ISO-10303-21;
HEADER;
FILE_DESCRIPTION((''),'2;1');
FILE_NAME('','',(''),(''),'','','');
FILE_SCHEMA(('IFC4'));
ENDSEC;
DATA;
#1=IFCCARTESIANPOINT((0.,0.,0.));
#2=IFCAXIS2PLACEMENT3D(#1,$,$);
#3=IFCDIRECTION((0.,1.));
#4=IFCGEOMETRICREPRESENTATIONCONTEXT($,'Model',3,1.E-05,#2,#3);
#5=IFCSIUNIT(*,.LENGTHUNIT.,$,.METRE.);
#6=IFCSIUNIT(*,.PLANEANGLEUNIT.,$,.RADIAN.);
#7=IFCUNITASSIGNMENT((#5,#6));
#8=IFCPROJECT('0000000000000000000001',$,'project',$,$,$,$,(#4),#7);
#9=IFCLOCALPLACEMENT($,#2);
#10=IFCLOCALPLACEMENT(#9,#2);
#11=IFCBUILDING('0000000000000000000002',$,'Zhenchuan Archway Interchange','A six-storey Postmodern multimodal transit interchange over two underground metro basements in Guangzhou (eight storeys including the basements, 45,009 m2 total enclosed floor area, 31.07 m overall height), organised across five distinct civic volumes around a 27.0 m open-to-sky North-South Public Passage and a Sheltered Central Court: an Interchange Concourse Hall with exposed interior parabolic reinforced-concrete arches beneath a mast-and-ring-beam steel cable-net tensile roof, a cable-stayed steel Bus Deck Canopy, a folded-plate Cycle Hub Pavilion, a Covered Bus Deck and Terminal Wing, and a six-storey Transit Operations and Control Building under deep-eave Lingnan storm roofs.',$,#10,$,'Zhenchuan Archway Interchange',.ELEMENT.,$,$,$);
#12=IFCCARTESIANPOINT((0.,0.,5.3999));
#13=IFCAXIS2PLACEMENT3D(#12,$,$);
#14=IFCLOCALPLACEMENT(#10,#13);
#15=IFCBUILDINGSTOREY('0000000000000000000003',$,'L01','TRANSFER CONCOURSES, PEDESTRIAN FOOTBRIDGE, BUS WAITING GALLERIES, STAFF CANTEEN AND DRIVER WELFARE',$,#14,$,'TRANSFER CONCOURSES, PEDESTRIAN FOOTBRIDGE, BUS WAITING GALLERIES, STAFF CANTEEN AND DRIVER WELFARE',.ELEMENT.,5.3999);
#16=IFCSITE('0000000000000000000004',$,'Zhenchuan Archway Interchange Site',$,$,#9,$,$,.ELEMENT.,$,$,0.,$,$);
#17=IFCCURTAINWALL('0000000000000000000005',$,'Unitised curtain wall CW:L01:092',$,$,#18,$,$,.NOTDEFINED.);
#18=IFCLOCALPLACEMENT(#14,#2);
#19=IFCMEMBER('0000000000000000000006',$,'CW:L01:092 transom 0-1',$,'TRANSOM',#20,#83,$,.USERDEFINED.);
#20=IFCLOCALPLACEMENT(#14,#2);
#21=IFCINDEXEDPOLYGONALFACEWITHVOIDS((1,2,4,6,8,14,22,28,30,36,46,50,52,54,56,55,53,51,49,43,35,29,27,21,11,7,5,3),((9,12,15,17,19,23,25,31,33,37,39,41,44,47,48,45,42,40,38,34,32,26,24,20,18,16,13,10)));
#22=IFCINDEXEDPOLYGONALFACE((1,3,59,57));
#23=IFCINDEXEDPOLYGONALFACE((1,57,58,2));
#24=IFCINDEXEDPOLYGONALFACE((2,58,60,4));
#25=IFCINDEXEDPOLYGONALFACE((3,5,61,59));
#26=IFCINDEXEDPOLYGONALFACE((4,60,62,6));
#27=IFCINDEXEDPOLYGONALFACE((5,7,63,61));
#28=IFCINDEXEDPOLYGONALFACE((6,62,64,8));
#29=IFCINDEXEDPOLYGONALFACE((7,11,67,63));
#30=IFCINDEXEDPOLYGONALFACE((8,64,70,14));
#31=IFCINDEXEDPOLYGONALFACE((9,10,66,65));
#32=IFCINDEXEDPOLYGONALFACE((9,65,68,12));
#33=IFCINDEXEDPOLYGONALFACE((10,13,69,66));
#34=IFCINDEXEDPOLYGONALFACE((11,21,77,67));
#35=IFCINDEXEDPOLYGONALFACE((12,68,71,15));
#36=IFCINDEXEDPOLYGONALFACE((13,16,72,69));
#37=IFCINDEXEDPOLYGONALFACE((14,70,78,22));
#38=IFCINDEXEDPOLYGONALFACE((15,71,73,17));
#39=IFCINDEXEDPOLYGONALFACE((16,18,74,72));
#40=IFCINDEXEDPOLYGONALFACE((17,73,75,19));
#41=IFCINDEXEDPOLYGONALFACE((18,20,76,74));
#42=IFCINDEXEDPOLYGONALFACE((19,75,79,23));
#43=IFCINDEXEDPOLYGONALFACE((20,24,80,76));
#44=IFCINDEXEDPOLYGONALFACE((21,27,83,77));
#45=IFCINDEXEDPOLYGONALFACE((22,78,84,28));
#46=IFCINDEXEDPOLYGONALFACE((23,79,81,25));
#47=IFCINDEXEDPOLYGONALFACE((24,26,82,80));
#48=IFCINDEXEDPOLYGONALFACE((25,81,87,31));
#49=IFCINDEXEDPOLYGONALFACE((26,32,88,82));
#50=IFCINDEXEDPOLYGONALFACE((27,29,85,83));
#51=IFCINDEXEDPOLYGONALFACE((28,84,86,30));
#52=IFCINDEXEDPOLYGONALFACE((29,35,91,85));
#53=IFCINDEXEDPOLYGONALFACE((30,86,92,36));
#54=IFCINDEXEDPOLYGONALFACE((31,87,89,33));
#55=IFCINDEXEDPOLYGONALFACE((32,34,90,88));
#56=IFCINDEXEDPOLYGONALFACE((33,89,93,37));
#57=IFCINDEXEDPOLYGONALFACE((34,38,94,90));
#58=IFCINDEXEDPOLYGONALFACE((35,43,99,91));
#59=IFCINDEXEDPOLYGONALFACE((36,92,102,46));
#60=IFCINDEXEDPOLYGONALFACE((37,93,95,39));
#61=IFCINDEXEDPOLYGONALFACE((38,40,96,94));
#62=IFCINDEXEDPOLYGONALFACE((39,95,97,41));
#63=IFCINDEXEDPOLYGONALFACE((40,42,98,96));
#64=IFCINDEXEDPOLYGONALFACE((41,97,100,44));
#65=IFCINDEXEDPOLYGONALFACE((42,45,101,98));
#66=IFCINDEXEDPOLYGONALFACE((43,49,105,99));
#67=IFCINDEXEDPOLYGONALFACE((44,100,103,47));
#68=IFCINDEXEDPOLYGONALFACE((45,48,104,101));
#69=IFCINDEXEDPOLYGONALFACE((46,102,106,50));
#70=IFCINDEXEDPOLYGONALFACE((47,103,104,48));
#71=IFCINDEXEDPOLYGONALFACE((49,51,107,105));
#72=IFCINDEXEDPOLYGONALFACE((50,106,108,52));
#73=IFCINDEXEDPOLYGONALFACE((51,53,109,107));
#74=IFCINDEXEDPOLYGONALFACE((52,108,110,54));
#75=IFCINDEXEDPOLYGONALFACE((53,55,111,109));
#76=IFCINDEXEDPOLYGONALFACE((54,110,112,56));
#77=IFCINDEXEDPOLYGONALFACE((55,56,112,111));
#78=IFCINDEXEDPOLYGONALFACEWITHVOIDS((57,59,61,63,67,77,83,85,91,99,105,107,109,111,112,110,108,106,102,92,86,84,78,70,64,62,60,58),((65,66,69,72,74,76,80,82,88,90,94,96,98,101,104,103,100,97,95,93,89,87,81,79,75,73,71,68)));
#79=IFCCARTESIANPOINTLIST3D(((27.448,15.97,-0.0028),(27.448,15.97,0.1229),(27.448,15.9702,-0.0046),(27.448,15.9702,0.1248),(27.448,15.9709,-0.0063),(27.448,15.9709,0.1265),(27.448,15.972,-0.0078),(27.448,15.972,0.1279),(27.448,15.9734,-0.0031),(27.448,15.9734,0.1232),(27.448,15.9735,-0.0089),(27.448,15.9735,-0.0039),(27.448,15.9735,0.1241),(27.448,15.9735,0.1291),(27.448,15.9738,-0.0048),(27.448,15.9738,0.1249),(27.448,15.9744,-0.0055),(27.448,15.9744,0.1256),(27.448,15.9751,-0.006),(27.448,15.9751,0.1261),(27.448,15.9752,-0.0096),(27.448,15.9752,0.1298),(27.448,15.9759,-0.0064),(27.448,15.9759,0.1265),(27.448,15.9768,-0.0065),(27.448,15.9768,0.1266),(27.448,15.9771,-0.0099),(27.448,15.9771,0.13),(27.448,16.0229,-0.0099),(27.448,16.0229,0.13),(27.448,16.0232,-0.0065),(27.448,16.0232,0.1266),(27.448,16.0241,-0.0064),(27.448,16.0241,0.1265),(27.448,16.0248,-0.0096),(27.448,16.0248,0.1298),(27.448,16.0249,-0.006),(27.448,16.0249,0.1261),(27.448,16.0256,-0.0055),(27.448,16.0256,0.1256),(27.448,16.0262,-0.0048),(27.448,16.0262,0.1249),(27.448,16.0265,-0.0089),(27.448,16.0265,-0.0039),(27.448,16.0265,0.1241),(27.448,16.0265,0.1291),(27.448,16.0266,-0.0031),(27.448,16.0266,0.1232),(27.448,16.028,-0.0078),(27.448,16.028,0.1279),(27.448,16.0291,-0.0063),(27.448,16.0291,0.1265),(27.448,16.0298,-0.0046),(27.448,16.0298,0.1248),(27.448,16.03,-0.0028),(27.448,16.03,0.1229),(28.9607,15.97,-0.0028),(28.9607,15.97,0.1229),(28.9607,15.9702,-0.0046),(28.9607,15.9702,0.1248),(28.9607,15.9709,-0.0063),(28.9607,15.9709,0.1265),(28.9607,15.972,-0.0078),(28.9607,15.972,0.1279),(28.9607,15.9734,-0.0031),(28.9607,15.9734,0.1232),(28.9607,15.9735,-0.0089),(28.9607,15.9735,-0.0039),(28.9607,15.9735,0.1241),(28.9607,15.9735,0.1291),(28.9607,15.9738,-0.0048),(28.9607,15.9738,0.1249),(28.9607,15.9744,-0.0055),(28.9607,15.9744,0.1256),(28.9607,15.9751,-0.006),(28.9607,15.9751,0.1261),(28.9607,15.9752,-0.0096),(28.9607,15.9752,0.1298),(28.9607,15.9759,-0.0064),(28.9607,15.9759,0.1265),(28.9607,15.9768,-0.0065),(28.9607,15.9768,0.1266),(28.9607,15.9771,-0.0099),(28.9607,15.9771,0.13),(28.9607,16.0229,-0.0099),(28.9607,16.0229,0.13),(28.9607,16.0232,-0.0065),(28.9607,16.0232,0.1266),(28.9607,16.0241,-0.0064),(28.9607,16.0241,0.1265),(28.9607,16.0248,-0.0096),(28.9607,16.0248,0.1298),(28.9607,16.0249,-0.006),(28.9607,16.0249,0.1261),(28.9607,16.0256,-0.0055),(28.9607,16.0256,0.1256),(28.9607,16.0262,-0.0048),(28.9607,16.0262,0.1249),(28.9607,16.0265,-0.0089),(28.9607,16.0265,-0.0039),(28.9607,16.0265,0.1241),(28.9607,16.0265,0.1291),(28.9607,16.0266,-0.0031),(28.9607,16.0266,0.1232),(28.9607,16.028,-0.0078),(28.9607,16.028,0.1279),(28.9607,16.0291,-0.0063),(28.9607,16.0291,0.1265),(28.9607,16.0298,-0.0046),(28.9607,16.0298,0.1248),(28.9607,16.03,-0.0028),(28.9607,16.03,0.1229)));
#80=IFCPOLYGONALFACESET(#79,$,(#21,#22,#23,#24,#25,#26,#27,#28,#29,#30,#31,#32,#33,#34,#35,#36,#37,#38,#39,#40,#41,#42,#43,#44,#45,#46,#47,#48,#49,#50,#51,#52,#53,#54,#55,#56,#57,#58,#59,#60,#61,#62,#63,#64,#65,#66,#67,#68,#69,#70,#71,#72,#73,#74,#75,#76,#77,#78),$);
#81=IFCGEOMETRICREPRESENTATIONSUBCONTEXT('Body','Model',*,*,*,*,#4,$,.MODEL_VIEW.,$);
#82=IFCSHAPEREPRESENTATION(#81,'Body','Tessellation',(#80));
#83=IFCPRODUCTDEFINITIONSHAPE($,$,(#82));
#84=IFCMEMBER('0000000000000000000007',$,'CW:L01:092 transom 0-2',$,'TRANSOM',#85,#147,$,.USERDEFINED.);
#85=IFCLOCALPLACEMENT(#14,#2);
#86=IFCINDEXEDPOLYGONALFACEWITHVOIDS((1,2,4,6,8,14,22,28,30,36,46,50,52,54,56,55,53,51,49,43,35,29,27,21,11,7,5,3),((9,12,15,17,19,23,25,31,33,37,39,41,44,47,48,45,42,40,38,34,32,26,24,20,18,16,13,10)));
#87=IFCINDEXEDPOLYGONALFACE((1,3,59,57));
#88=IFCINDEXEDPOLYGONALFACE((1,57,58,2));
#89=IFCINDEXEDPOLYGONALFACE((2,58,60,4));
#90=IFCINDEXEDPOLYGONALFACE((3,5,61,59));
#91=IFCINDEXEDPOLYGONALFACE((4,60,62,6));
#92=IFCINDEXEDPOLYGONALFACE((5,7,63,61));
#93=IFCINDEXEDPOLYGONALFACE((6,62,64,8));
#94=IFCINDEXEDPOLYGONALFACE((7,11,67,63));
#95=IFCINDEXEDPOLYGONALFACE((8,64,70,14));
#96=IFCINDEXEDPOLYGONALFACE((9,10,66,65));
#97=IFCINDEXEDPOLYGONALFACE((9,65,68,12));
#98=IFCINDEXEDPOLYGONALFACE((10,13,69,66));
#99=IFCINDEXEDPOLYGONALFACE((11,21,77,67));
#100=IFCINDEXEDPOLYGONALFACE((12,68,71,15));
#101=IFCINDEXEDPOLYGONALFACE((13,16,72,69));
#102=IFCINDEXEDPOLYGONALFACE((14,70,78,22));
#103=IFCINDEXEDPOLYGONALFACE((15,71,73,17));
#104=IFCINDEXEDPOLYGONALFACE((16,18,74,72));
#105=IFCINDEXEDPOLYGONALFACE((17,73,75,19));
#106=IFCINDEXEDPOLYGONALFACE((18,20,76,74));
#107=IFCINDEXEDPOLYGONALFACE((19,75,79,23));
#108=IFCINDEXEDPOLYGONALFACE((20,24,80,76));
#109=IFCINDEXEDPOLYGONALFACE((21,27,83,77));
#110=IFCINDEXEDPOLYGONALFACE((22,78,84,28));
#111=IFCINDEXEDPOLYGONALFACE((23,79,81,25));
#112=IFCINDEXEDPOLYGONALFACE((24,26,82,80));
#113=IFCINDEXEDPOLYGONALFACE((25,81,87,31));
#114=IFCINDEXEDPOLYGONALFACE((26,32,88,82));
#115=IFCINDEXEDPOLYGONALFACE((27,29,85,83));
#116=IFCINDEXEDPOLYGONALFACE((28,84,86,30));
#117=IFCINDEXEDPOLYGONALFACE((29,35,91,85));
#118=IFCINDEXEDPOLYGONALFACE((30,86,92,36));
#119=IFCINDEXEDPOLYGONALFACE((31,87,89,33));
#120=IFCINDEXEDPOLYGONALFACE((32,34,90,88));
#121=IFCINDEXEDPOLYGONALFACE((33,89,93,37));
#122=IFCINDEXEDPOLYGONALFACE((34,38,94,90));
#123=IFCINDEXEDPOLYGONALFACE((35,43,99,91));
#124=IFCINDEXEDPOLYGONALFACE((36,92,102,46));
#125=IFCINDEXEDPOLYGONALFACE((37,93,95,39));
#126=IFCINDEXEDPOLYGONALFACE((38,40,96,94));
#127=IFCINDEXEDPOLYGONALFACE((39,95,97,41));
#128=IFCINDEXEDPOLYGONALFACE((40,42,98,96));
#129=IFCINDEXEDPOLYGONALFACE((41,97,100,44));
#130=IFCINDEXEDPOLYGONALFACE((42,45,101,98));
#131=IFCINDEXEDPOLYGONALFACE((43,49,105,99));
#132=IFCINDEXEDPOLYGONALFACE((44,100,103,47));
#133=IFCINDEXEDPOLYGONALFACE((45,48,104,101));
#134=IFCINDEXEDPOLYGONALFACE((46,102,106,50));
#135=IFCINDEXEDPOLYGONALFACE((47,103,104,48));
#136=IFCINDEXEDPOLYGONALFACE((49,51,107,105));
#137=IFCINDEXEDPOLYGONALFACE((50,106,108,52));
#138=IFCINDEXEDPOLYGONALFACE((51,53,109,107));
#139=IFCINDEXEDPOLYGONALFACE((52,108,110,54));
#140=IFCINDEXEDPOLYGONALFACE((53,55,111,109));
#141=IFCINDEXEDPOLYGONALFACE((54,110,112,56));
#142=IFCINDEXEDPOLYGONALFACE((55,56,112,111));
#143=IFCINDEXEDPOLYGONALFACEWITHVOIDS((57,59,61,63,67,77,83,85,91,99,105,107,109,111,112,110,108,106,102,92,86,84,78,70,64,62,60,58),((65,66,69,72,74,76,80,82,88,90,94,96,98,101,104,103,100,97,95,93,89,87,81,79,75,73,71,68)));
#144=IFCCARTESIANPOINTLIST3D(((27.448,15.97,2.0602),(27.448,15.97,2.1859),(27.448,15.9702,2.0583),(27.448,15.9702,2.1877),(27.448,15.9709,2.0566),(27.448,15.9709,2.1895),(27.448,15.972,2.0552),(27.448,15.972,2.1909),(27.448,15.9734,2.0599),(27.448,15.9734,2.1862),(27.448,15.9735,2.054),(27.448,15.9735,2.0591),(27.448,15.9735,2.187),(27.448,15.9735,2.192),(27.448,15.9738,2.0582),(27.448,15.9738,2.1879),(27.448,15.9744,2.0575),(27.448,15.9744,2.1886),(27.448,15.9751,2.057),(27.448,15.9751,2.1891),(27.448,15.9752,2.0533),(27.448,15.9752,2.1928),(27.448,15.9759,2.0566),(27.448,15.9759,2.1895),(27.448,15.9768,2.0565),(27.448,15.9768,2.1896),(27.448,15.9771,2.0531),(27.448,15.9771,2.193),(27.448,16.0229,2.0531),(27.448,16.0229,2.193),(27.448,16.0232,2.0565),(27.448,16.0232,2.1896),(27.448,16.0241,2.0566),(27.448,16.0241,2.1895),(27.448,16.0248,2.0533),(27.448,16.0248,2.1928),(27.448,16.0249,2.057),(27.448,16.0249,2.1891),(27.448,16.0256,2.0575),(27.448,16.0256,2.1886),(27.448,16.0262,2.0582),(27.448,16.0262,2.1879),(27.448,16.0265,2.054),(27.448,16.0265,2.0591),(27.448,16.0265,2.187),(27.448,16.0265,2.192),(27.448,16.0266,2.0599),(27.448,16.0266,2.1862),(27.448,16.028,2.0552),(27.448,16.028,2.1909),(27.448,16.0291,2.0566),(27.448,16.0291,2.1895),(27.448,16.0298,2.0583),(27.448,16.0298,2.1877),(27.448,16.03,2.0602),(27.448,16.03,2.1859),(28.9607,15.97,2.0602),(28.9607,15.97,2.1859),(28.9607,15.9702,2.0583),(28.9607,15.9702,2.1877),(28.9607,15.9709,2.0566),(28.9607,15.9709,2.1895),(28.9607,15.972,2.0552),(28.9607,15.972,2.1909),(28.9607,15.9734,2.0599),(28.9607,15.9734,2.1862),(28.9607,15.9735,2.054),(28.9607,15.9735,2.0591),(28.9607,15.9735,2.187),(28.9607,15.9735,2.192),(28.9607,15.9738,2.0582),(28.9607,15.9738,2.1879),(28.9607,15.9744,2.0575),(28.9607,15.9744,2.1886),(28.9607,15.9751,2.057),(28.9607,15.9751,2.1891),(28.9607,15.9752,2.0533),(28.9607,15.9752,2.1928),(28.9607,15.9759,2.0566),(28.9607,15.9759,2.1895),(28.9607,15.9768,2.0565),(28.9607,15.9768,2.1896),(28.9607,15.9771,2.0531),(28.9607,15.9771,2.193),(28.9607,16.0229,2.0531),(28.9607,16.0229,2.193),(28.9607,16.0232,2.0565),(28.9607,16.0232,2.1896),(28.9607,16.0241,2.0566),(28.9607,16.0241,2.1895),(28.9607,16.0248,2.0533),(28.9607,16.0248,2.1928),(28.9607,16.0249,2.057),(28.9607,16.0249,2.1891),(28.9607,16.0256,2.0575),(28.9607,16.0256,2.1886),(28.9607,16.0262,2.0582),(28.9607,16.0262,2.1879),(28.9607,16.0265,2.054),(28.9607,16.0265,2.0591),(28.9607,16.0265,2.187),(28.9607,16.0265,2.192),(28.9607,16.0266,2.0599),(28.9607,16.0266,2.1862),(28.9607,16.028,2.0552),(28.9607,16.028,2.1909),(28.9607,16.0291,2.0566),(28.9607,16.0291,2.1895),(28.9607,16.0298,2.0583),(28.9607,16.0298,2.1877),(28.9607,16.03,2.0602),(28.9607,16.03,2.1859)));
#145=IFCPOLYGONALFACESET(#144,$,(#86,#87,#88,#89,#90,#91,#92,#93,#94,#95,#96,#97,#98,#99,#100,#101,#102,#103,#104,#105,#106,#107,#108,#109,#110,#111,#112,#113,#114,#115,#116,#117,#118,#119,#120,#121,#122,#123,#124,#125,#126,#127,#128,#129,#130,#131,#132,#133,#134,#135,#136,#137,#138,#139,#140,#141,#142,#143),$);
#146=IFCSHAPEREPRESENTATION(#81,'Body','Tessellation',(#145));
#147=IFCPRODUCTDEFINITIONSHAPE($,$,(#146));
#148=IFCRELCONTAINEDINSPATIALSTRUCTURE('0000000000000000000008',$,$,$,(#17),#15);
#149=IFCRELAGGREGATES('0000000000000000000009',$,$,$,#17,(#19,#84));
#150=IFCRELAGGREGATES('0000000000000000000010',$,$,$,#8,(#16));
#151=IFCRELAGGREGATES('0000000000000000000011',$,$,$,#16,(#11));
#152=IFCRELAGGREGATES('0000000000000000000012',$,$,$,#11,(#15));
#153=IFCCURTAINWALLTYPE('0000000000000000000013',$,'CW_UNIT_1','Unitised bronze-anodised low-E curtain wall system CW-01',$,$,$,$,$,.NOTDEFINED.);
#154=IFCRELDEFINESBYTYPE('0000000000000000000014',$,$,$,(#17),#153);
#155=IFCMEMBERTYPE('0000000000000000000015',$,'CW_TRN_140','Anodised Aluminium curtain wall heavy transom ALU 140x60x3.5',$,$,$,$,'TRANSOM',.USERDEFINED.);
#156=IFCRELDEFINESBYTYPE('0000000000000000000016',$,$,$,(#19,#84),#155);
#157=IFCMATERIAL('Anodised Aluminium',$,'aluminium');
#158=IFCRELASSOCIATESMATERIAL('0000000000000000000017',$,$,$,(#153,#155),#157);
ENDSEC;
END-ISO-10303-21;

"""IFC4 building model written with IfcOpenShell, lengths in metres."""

from ifc_helpers import new_model, si_unit, direction, frame, origin, origin_2d, place, context, subcontext, project, spatial, hollow_rectangle, extrude, material, material_profile, profile_set, type_object, element, aggregate, save


model = new_model("IFC4")

# Units and contexts
model_context = context("Model", 3, precision=1e-05, world=origin(), true_north=direction((0.0, 1.0)))
body_context = subcontext(model_context, "Body", "Model", "MODEL_VIEW")
ifc_project = project(units=[si_unit("LENGTHUNIT", "METRE"), si_unit("PLANEANGLEUNIT", "RADIAN")], contexts=[model_context])

# Site, building, storey
site_placement = place(None, origin())
site = spatial("IfcSite", under=ifc_project, at=site_placement, Name="Zhenchuan Archway Interchange Site", CompositionType="ELEMENT", RefElevation=0.0)
building_placement = place(site_placement, origin())
building = spatial("IfcBuilding", under=site, at=building_placement, Name="Zhenchuan Archway Interchange", Description="A six-storey Postmodern multimodal transit interchange over two underground metro basements in Guangzhou (eight storeys including the basements, 45,009 m2 total enclosed floor area, 31.07 m overall height), organised across five distinct civic volumes around a 27.0 m open-to-sky North-South Public Passage and a Sheltered Central Court: an Interchange Concourse Hall with exposed interior parabolic reinforced-concrete arches beneath a mast-and-ring-beam steel cable-net tensile roof, a cable-stayed steel Bus Deck Canopy, a folded-plate Cycle Hub Pavilion, a Covered Bus Deck and Terminal Wing, and a six-storey Transit Operations and Control Building under deep-eave Lingnan storm roofs.", LongName="Zhenchuan Archway Interchange", CompositionType="ELEMENT")
storey_placement = place(building_placement, frame((0.0, 0.0, 5.3999)))
storey = spatial("IfcBuildingStorey", under=building, at=storey_placement, Name="L01", Description="TRANSFER CONCOURSES, PEDESTRIAN FOOTBRIDGE, BUS WAITING GALLERIES, STAFF CANTEEN AND DRIVER WELFARE", LongName="TRANSFER CONCOURSES, PEDESTRIAN FOOTBRIDGE, BUS WAITING GALLERIES, STAFF CANTEEN AND DRIVER WELFARE", CompositionType="ELEMENT", Elevation=5.3999)

# Curtain wall, members
ifc_material_1 = material(Name="Anodised Aluminium", Category="aluminium")
curtain_wall_type = type_object("IfcCurtainWallType", Name="CW_UNIT_1", Description="Unitised bronze-anodised low-E curtain wall system CW-01", PredefinedType="NOTDEFINED", material=ifc_material_1)
curtain_wall_placement = place(storey_placement, origin())
curtain_wall = element("IfcCurtainWall", 1, at=curtain_wall_placement, inside=storey, type_object=curtain_wall_type, Name="Unitised curtain wall CW:L01:092", PredefinedType="NOTDEFINED")
ifc_material_profile_1 = material_profile(ifc_material_1, hollow_rectangle(XDim=0.0601, YDim=0.1399, WallThickness=0.0034, InnerFilletRadius=0.0034, OuterFilletRadius=0.0071, at=origin_2d()), Name="ALU 140x60x3.5")
ifc_profile_set_1 = profile_set([ifc_material_profile_1], Name="Anodised Aluminium")
member_type_1 = type_object("IfcMemberType", Name="CW_TRN_140", Description="Anodised Aluminium curtain wall heavy transom ALU 140x60x3.5", ElementType="TRANSOM", PredefinedType="USERDEFINED", material=ifc_profile_set_1)
member_1_placement = place(storey_placement, frame((27.448, 16.0, 0.0601), z_axis=(1.0, 0.0, 0.0), x_axis=(0.0, 1.0, 0.0)))
member_1 = element("IfcMember", 2, at=member_1_placement, type_object=member_type_1, Name="CW:L01:092 transom 0-1", ObjectType="TRANSOM", PredefinedType="USERDEFINED", context=body_context, shape_type="SweptSolid", body=[
    extrude(hollow_rectangle(XDim=0.0601, YDim=0.1399, WallThickness=0.0034, InnerFilletRadius=0.0034, OuterFilletRadius=0.0071, at=origin_2d()), origin(), (0.0, 0.0, 1.0), 1.5127),
])
member_2_placement = place(storey_placement, frame((27.448, 16.0, 2.123), z_axis=(1.0, 0.0, 0.0), x_axis=(0.0, 1.0, 0.0)))
member_2 = element("IfcMember", 3, at=member_2_placement, type_object=member_type_1, Name="CW:L01:092 transom 0-2", ObjectType="TRANSOM", PredefinedType="USERDEFINED", context=body_context, shape_type="SweptSolid", body=[
    extrude(hollow_rectangle(XDim=0.0601, YDim=0.1399, WallThickness=0.0034, InnerFilletRadius=0.0034, OuterFilletRadius=0.0071, at=origin_2d()), origin(), (0.0, 0.0, 1.0), 1.5127),
])

aggregate(curtain_wall, [member_1, member_2])

save(model, "model.ifc")
